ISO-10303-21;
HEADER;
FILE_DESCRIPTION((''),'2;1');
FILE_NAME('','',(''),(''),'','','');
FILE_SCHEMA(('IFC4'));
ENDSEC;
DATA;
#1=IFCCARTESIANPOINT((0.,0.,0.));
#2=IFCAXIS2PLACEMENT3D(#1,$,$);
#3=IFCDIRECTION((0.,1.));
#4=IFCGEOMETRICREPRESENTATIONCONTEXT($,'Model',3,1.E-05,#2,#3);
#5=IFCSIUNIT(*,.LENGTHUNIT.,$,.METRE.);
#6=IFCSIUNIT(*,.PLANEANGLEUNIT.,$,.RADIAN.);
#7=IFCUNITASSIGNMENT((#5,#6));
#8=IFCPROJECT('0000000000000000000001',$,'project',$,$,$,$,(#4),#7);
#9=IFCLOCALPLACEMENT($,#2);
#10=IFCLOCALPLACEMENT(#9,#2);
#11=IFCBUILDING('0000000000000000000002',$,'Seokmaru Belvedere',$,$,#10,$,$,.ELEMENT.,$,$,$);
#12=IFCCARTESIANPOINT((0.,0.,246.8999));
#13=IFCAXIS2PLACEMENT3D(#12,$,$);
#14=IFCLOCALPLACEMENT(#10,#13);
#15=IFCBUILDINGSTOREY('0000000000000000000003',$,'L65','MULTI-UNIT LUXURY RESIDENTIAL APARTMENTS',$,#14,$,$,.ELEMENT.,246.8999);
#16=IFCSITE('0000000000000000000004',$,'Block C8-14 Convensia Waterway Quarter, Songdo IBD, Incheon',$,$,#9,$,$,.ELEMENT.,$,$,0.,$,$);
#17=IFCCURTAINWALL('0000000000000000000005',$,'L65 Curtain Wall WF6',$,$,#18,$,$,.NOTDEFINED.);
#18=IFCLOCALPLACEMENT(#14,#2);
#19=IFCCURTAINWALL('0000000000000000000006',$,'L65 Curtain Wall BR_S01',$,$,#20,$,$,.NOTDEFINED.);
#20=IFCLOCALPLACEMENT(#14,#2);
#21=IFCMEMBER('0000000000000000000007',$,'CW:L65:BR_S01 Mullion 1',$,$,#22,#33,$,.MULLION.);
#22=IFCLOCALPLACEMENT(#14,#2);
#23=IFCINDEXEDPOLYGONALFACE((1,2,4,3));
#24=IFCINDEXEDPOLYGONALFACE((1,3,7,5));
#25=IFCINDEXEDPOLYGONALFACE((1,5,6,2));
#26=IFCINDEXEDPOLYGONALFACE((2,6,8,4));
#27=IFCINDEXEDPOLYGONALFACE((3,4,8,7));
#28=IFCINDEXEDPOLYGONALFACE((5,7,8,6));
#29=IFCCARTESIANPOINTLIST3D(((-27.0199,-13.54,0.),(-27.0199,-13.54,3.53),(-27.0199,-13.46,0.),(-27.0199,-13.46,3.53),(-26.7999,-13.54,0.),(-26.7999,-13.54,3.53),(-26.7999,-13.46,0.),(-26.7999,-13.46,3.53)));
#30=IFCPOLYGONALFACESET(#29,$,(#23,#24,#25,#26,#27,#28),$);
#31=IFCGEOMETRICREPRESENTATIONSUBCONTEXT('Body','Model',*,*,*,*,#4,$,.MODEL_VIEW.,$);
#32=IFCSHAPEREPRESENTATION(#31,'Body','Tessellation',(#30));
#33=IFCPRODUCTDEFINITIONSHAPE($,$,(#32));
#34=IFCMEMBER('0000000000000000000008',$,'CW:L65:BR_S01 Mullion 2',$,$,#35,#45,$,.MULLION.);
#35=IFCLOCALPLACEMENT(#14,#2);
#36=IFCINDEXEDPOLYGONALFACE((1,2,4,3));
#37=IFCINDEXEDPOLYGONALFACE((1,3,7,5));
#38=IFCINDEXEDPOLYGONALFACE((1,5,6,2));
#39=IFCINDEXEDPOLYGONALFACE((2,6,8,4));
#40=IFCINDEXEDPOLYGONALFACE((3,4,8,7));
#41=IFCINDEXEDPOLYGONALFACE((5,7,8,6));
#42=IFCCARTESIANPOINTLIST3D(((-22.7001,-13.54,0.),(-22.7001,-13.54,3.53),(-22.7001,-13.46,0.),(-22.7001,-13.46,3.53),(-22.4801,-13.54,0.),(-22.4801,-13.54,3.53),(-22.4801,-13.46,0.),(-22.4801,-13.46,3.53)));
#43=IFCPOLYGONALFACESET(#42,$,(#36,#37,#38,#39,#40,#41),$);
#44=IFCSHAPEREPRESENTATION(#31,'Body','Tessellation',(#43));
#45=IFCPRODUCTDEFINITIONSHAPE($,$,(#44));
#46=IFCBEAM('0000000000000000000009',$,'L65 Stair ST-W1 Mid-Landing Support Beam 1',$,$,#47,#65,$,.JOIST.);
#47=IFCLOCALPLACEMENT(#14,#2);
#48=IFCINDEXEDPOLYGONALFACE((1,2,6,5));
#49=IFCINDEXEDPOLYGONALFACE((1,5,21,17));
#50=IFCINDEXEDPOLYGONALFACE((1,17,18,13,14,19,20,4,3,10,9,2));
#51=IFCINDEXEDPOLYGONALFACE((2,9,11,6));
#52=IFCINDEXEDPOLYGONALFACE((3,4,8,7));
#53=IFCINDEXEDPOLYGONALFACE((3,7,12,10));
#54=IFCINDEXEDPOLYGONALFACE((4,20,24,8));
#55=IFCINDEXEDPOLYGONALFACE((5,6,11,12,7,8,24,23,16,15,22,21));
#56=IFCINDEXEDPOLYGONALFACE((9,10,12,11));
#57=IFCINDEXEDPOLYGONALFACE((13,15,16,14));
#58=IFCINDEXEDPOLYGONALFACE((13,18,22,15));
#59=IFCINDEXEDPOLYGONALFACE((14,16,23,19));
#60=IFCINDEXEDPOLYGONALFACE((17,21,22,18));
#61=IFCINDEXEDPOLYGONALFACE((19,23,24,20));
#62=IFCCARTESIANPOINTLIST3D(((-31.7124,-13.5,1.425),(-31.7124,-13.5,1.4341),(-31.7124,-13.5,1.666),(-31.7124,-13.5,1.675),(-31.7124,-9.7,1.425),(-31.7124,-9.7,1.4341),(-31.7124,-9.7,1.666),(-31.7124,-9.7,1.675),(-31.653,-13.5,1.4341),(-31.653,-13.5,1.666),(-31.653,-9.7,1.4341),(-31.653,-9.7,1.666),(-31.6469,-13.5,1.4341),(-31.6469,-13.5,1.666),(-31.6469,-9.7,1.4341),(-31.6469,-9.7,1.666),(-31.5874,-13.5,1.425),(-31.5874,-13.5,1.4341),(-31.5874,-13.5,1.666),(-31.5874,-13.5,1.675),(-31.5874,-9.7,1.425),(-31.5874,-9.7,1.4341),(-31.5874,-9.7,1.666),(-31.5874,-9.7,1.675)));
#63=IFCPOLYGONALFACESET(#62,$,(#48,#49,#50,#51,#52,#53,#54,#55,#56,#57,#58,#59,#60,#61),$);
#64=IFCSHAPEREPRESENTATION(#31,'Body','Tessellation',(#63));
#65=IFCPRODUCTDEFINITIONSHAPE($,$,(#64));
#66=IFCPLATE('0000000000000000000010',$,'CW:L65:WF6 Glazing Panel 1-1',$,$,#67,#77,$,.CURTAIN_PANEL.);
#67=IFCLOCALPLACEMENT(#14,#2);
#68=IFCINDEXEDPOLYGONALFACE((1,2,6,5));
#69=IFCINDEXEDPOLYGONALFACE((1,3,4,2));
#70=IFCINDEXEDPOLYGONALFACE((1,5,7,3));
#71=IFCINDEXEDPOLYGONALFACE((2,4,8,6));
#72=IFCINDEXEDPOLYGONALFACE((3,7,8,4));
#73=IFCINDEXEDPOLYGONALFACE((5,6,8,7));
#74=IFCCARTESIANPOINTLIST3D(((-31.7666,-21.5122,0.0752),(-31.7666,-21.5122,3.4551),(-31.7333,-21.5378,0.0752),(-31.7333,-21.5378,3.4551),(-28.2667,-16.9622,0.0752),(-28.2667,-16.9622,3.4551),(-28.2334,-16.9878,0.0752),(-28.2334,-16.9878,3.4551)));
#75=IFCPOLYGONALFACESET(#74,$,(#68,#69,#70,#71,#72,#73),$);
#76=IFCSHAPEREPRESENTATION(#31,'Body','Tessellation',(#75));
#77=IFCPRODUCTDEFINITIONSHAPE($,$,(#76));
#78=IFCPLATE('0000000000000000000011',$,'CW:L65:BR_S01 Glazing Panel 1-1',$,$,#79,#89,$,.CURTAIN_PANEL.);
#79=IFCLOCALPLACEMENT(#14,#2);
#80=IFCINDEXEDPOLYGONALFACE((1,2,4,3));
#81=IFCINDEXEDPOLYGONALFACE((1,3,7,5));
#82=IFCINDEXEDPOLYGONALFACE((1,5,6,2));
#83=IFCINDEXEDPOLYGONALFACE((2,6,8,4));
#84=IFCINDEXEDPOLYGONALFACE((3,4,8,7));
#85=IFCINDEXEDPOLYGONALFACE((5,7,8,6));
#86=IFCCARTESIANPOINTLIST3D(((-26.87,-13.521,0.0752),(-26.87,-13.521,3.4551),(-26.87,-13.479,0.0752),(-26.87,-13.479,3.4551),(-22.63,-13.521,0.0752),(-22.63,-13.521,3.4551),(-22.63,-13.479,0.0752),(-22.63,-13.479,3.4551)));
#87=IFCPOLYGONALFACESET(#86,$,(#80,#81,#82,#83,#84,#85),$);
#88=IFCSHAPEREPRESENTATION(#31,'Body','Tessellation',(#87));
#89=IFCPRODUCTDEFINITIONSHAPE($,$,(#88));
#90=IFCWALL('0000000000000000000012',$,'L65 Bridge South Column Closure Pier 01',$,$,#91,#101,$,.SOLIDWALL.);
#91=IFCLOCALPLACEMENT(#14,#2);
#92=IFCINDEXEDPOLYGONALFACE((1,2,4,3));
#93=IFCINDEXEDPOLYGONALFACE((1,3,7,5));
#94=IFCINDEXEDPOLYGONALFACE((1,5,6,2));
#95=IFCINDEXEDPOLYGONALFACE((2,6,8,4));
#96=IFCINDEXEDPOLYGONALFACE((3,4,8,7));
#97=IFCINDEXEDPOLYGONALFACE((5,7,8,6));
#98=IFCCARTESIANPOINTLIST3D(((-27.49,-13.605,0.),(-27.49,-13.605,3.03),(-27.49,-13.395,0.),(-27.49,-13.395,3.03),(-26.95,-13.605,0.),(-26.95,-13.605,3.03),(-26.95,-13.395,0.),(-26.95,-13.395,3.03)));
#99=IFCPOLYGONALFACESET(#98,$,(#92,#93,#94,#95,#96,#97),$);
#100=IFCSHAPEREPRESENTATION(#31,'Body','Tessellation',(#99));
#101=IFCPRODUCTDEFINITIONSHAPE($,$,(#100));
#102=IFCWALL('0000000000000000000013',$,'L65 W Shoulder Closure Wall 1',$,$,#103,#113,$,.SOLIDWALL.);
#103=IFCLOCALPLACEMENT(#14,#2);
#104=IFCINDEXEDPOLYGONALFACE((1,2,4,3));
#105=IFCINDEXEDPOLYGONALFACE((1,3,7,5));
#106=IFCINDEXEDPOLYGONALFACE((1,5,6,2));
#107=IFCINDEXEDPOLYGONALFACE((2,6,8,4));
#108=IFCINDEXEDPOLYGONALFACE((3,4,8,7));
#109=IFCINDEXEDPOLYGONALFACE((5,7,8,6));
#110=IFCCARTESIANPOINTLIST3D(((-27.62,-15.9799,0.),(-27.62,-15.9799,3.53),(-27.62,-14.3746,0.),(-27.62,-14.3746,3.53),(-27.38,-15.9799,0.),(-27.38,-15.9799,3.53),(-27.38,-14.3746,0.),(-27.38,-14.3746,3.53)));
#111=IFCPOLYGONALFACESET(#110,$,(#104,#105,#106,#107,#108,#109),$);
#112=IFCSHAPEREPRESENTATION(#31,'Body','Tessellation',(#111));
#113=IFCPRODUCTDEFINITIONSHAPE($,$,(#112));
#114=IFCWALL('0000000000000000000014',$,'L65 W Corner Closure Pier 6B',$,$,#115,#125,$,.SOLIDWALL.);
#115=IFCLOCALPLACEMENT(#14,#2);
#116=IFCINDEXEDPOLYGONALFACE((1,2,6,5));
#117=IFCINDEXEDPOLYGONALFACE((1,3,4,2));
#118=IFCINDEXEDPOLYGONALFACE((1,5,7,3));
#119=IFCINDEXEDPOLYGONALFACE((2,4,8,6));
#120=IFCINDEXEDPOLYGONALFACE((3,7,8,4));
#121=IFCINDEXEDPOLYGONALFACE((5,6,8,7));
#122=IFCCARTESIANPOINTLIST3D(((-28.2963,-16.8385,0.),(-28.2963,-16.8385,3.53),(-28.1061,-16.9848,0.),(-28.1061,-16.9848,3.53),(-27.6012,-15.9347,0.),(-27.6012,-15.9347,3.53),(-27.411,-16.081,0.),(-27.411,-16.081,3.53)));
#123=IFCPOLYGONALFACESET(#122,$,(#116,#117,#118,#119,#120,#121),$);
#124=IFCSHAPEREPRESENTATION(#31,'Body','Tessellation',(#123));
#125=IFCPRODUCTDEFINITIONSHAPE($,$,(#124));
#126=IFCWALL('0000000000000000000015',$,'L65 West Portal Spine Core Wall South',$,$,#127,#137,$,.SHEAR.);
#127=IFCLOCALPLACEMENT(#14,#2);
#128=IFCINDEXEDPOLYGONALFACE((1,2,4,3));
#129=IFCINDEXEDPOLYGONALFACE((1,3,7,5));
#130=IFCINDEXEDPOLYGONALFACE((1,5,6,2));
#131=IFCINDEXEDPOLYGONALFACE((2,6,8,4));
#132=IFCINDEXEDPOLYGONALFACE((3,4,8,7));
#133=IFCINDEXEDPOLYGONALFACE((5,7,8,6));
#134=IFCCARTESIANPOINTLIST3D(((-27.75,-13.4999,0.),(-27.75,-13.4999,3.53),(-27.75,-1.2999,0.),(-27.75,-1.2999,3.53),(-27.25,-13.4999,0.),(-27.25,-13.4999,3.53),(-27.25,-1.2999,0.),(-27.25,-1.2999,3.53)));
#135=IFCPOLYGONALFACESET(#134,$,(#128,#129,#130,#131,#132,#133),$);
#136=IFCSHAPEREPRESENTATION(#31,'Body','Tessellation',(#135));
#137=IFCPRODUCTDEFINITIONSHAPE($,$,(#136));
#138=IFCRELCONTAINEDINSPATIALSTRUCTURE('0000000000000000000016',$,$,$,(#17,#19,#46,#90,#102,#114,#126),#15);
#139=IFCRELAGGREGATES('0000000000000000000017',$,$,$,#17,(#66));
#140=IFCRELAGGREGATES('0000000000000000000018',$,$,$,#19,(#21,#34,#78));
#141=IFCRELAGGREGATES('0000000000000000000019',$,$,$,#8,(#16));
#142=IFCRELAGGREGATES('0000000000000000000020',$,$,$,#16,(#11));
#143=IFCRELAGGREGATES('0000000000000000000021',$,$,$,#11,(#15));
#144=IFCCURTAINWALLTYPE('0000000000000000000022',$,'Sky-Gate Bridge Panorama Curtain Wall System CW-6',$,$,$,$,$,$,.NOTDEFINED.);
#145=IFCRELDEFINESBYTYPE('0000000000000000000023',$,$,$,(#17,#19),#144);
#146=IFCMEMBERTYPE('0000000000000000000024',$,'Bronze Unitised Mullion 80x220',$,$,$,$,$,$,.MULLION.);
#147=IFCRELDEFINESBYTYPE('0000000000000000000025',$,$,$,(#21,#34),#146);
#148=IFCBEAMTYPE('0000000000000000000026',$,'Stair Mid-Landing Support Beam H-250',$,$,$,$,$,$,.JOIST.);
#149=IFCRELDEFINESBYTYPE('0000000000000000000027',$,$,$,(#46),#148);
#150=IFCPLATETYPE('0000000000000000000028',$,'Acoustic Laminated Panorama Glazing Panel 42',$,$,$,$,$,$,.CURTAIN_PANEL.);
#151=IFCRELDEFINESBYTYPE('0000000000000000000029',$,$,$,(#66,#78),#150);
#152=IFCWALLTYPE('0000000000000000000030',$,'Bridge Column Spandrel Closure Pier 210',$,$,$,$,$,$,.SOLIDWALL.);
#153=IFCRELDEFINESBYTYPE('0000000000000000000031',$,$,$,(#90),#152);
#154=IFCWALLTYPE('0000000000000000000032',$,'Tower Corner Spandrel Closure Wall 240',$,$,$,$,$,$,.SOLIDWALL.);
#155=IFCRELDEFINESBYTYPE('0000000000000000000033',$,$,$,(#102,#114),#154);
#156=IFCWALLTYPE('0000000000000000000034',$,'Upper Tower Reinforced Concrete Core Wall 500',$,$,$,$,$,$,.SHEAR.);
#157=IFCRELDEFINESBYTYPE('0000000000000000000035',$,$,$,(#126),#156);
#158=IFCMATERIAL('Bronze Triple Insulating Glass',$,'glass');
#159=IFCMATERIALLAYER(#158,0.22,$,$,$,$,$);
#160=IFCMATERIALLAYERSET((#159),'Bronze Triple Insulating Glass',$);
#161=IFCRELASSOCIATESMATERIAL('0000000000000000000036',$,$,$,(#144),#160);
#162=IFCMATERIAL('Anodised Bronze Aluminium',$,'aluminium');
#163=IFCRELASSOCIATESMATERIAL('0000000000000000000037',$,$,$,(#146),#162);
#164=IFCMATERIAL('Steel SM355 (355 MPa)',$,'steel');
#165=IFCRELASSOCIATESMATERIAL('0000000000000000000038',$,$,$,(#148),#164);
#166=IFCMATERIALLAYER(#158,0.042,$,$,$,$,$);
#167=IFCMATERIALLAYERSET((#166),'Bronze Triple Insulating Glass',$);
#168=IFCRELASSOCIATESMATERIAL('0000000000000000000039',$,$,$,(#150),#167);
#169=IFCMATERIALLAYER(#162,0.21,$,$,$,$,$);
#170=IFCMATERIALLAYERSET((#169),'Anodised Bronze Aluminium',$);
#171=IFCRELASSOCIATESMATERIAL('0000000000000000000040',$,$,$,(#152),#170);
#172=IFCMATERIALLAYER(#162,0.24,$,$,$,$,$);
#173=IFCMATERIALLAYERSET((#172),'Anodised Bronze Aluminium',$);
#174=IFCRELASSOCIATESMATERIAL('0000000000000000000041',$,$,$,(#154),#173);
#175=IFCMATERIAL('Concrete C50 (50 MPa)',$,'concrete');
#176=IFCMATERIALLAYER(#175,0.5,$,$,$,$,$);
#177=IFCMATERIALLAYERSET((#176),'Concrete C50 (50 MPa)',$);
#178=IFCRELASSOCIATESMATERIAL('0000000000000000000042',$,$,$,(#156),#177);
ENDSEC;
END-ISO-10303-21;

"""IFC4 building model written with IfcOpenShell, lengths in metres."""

from ifc_helpers import new_model, si_unit, direction, frame, frame_2d, origin, origin_2d, place, context, subcontext, project, spatial, rectangle, i_section, extrude, source, transform, mapped, material, layer, layer_set, material_profile, profile_set, type_object, type_shapes, element, aggregate, save


model = new_model("IFC4")

# Units and contexts
model_context = context("Model", 3, precision=1e-05, world=origin(), true_north=direction((0.0, 1.0)))
body_context = subcontext(model_context, "Body", "Model", "MODEL_VIEW")
ifc_project = project(units=[si_unit("LENGTHUNIT", "METRE"), si_unit("PLANEANGLEUNIT", "RADIAN")], contexts=[model_context])

# Site, building, storey
site_placement = place(None, origin())
site = spatial("IfcSite", under=ifc_project, at=site_placement, Name="Block C8-14 Convensia Waterway Quarter, Songdo IBD, Incheon", CompositionType="ELEMENT", RefElevation=0.0)
building_placement = place(site_placement, origin())
building = spatial("IfcBuilding", under=site, at=building_placement, Name="Seokmaru Belvedere", CompositionType="ELEMENT")
storey_placement = place(building_placement, frame((0.0, 0.0, 246.8999)))
storey = spatial("IfcBuildingStorey", under=building, at=storey_placement, Name="L65", Description="MULTI-UNIT LUXURY RESIDENTIAL APARTMENTS", CompositionType="ELEMENT", Elevation=246.8999)

# Shared definitions
ifc_material_1 = material(Name="Steel SM355 (355 MPa)", Category="steel")

# Curtain walls
ifc_material_2 = material(Name="Bronze Triple Insulating Glass", Category="glass")
ifc_layer_1 = layer(ifc_material_2, 0.22)
ifc_layer_set_1 = layer_set([ifc_layer_1], Name="Bronze Triple Insulating Glass")
curtain_wall_type = type_object("IfcCurtainWallType", Name="Sky-Gate Bridge Panorama Curtain Wall System CW-6", PredefinedType="NOTDEFINED", material=ifc_layer_set_1)
curtain_wall_1_placement = place(storey_placement, origin())
curtain_wall_1 = element("IfcCurtainWall", 1, at=curtain_wall_1_placement, inside=storey, type_object=curtain_wall_type, Name="L65 Curtain Wall WF6", PredefinedType="NOTDEFINED")
ifc_material_3 = material(Name="Anodised Bronze Aluminium", Category="aluminium")
curtain_wall_2_placement = place(storey_placement, origin())
curtain_wall_2 = element("IfcCurtainWall", 2, at=curtain_wall_2_placement, inside=storey, type_object=curtain_wall_type, Name="L65 Curtain Wall BR_S01", PredefinedType="NOTDEFINED")

# Members
ifc_material_profile_1 = material_profile(ifc_material_3, rectangle(XDim=0.0801, YDim=0.22, at=origin_2d()), Name="CW-M-80x220")
ifc_profile_set_1 = profile_set([ifc_material_profile_1], Name="Anodised Bronze Aluminium")
member_type_1 = type_object("IfcMemberType", Name="Bronze Unitised Mullion 80x220", PredefinedType="MULLION", material=ifc_profile_set_1)
shared_shape_1 = source(origin(), body_context, "Body", "SweptSolid", [
    extrude(rectangle(XDim=0.0801, YDim=0.22, at=origin_2d()), origin(), (0.0, 0.0, 1.0), 3.53),
])
type_shapes(member_type_1, [shared_shape_1])
member_1_placement = place(storey_placement, frame((-26.9099, -13.5, 0.0), z_axis=(0.0, 0.0, 1.0), x_axis=(0.0, 1.0, 0.0)))
member_1 = element("IfcMember", 3, at=member_1_placement, type_object=member_type_1, Name="CW:L65:BR_S01 Mullion 1", PredefinedType="MULLION", context=body_context, shape_type="MappedRepresentation", body=[
    mapped(shared_shape_1, transform((0.0, 0.0, 0.0), scale=1.0)),
])
member_2_placement = place(storey_placement, frame((-22.5901, -13.5, 0.0), z_axis=(0.0, 0.0, 1.0), x_axis=(0.0, 1.0, 0.0)))
member_2 = element("IfcMember", 4, at=member_2_placement, type_object=member_type_1, Name="CW:L65:BR_S01 Mullion 2", PredefinedType="MULLION", context=body_context, shape_type="MappedRepresentation", body=[
    mapped(shared_shape_1, transform((0.0, 0.0, 0.0), scale=1.0)),
])

# Beam
ifc_material_profile_2 = material_profile(ifc_material_1, i_section(OverallWidth=0.125, OverallDepth=0.25, WebThickness=0.0061, FlangeThickness=0.009, at=origin_2d()), Name="H-250x125x6x9")
ifc_profile_set_2 = profile_set([ifc_material_profile_2], Name="Steel SM355 (355 MPa)")
beam_type_1 = type_object("IfcBeamType", Name="Stair Mid-Landing Support Beam H-250", PredefinedType="JOIST", material=ifc_profile_set_2)
shared_shape_2 = source(origin(), body_context, "Body", "SweptSolid", [
    extrude(i_section(OverallWidth=0.125, OverallDepth=0.25, WebThickness=0.0061, FlangeThickness=0.009, at=origin_2d()), origin(), (0.0, 0.0, 1.0), 3.8),
])
type_shapes(beam_type_1, [shared_shape_2])
beam_1_placement = place(storey_placement, frame((-31.6499, -13.5, 1.55), z_axis=(0.0, 1.0, 0.0), x_axis=(-1.0, 0.0, 0.0)))
element("IfcBeam", 5, at=beam_1_placement, inside=storey, type_object=beam_type_1, Name="L65 Stair ST-W1 Mid-Landing Support Beam 1", PredefinedType="JOIST", context=body_context, shape_type="MappedRepresentation", body=[
    mapped(shared_shape_2, transform((0.0, 0.0, 0.0), scale=1.0)),
])

# Plates
ifc_layer_2 = layer(ifc_material_2, 0.042)
ifc_layer_set_2 = layer_set([ifc_layer_2], Name="Bronze Triple Insulating Glass")
plate_type = type_object("IfcPlateType", Name="Acoustic Laminated Panorama Glazing Panel 42", PredefinedType="CURTAIN_PANEL", material=ifc_layer_set_2)
shared_shape_3 = source(origin(), body_context, "Body", "SweptSolid", [
    extrude(rectangle(XDim=5.7405, YDim=0.042, at=origin_2d()), origin(), (0.0, 0.0, 1.0), 3.3799),
])
plate_1_placement = place(storey_placement, frame((-30.0, -19.25, 0.0752), z_axis=(0.0, 0.0, 1.0), x_axis=(0.609701, 0.792631, 0.0)))
plate_1 = element("IfcPlate", 6, at=plate_1_placement, type_object=plate_type, Name="CW:L65:WF6 Glazing Panel 1-1", PredefinedType="CURTAIN_PANEL", context=body_context, shape_type="MappedRepresentation", body=[
    mapped(shared_shape_3, transform((0.0, 0.0, 0.0), scale=1.0)),
])
aggregate(curtain_wall_1, [plate_1])
shared_shape_4 = source(origin(), body_context, "Body", "SweptSolid", [
    extrude(rectangle(XDim=4.24, YDim=0.042, at=origin_2d()), origin(), (0.0, 0.0, 1.0), 3.3799),
])
type_shapes(plate_type, [shared_shape_3, shared_shape_4])
plate_2_placement = place(storey_placement, frame((-24.75, -13.5, 0.0752), z_axis=(0.0, 0.0, 1.0), x_axis=(1.0, 0.0, 0.0)))
plate_2 = element("IfcPlate", 7, at=plate_2_placement, type_object=plate_type, Name="CW:L65:BR_S01 Glazing Panel 1-1", PredefinedType="CURTAIN_PANEL", context=body_context, shape_type="MappedRepresentation", body=[
    mapped(shared_shape_4, transform((0.0, 0.0, 0.0), scale=1.0)),
])
aggregate(curtain_wall_2, [member_1, member_2, plate_2])

# Walls
ifc_layer_3 = layer(ifc_material_3, 0.21)
ifc_layer_set_3 = layer_set([ifc_layer_3], Name="Anodised Bronze Aluminium")
wall_type_1 = type_object("IfcWallType", Name="Bridge Column Spandrel Closure Pier 210", PredefinedType="SOLIDWALL", material=ifc_layer_set_3)
wall_1_placement = place(storey_placement, frame((-27.49, -13.5, 0.0), z_axis=(0.0, 0.0, 1.0), x_axis=(1.0, 0.0, 0.0)))
element("IfcWall", 8, at=wall_1_placement, inside=storey, type_object=wall_type_1, Name="L65 Bridge South Column Closure Pier 01", PredefinedType="SOLIDWALL", context=body_context, shape_type="SweptSolid", body=[
    extrude(rectangle(XDim=0.54, YDim=0.21, at=frame_2d((0.27, 0.0))), origin(), (0.0, 0.0, 1.0), 3.03),
])
ifc_layer_4 = layer(ifc_material_3, 0.24)
ifc_layer_set_4 = layer_set([ifc_layer_4], Name="Anodised Bronze Aluminium")
wall_type_2 = type_object("IfcWallType", Name="Tower Corner Spandrel Closure Wall 240", PredefinedType="SOLIDWALL", material=ifc_layer_set_4)
wall_2_placement = place(storey_placement, frame((-27.5, -15.98, 0.0), z_axis=(0.0, 0.0, 1.0), x_axis=(0.0, 1.0, 0.0)))
element("IfcWall", 9, at=wall_2_placement, inside=storey, type_object=wall_type_2, Name="L65 W Shoulder Closure Wall 1", PredefinedType="SOLIDWALL", context=body_context, shape_type="SweptSolid", body=[
    extrude(rectangle(XDim=1.6052, YDim=0.24, at=frame_2d((0.8027, 0.0))), origin(), (0.0, 0.0, 1.0), 3.53),
])
wall_3_placement = place(storey_placement, frame((-28.2012, -16.9116, 0.0), z_axis=(0.0, 0.0, 1.0), x_axis=(0.609618, 0.792696, 0.0)))
element("IfcWall", 10, at=wall_3_placement, inside=storey, type_object=wall_type_2, Name="L65 W Corner Closure Pier 6B", PredefinedType="SOLIDWALL", context=body_context, shape_type="SweptSolid", body=[
    extrude(rectangle(XDim=1.1401, YDim=0.24, at=frame_2d((0.5701, 0.0))), origin(), (0.0, 0.0, 1.0), 3.53),
])
ifc_material_4 = material(Name="Concrete C50 (50 MPa)", Category="concrete")
ifc_layer_5 = layer(ifc_material_4, 0.5)
ifc_layer_set_5 = layer_set([ifc_layer_5], Name="Concrete C50 (50 MPa)")
wall_type_3 = type_object("IfcWallType", Name="Upper Tower Reinforced Concrete Core Wall 500", PredefinedType="SHEAR", material=ifc_layer_set_5)
wall_4_placement = place(storey_placement, frame((-27.5, -13.5, 0.0), z_axis=(0.0, 0.0, 1.0), x_axis=(0.0, 1.0, 0.0)))
element("IfcWall", 11, at=wall_4_placement, inside=storey, type_object=wall_type_3, Name="L65 West Portal Spine Core Wall South", PredefinedType="SHEAR", context=body_context, shape_type="SweptSolid", body=[
    extrude(rectangle(XDim=12.2, YDim=0.5, at=frame_2d((6.1001, 0.0))), origin(), (0.0, 0.0, 1.0), 3.53),
])

save(model, "model.ifc")
